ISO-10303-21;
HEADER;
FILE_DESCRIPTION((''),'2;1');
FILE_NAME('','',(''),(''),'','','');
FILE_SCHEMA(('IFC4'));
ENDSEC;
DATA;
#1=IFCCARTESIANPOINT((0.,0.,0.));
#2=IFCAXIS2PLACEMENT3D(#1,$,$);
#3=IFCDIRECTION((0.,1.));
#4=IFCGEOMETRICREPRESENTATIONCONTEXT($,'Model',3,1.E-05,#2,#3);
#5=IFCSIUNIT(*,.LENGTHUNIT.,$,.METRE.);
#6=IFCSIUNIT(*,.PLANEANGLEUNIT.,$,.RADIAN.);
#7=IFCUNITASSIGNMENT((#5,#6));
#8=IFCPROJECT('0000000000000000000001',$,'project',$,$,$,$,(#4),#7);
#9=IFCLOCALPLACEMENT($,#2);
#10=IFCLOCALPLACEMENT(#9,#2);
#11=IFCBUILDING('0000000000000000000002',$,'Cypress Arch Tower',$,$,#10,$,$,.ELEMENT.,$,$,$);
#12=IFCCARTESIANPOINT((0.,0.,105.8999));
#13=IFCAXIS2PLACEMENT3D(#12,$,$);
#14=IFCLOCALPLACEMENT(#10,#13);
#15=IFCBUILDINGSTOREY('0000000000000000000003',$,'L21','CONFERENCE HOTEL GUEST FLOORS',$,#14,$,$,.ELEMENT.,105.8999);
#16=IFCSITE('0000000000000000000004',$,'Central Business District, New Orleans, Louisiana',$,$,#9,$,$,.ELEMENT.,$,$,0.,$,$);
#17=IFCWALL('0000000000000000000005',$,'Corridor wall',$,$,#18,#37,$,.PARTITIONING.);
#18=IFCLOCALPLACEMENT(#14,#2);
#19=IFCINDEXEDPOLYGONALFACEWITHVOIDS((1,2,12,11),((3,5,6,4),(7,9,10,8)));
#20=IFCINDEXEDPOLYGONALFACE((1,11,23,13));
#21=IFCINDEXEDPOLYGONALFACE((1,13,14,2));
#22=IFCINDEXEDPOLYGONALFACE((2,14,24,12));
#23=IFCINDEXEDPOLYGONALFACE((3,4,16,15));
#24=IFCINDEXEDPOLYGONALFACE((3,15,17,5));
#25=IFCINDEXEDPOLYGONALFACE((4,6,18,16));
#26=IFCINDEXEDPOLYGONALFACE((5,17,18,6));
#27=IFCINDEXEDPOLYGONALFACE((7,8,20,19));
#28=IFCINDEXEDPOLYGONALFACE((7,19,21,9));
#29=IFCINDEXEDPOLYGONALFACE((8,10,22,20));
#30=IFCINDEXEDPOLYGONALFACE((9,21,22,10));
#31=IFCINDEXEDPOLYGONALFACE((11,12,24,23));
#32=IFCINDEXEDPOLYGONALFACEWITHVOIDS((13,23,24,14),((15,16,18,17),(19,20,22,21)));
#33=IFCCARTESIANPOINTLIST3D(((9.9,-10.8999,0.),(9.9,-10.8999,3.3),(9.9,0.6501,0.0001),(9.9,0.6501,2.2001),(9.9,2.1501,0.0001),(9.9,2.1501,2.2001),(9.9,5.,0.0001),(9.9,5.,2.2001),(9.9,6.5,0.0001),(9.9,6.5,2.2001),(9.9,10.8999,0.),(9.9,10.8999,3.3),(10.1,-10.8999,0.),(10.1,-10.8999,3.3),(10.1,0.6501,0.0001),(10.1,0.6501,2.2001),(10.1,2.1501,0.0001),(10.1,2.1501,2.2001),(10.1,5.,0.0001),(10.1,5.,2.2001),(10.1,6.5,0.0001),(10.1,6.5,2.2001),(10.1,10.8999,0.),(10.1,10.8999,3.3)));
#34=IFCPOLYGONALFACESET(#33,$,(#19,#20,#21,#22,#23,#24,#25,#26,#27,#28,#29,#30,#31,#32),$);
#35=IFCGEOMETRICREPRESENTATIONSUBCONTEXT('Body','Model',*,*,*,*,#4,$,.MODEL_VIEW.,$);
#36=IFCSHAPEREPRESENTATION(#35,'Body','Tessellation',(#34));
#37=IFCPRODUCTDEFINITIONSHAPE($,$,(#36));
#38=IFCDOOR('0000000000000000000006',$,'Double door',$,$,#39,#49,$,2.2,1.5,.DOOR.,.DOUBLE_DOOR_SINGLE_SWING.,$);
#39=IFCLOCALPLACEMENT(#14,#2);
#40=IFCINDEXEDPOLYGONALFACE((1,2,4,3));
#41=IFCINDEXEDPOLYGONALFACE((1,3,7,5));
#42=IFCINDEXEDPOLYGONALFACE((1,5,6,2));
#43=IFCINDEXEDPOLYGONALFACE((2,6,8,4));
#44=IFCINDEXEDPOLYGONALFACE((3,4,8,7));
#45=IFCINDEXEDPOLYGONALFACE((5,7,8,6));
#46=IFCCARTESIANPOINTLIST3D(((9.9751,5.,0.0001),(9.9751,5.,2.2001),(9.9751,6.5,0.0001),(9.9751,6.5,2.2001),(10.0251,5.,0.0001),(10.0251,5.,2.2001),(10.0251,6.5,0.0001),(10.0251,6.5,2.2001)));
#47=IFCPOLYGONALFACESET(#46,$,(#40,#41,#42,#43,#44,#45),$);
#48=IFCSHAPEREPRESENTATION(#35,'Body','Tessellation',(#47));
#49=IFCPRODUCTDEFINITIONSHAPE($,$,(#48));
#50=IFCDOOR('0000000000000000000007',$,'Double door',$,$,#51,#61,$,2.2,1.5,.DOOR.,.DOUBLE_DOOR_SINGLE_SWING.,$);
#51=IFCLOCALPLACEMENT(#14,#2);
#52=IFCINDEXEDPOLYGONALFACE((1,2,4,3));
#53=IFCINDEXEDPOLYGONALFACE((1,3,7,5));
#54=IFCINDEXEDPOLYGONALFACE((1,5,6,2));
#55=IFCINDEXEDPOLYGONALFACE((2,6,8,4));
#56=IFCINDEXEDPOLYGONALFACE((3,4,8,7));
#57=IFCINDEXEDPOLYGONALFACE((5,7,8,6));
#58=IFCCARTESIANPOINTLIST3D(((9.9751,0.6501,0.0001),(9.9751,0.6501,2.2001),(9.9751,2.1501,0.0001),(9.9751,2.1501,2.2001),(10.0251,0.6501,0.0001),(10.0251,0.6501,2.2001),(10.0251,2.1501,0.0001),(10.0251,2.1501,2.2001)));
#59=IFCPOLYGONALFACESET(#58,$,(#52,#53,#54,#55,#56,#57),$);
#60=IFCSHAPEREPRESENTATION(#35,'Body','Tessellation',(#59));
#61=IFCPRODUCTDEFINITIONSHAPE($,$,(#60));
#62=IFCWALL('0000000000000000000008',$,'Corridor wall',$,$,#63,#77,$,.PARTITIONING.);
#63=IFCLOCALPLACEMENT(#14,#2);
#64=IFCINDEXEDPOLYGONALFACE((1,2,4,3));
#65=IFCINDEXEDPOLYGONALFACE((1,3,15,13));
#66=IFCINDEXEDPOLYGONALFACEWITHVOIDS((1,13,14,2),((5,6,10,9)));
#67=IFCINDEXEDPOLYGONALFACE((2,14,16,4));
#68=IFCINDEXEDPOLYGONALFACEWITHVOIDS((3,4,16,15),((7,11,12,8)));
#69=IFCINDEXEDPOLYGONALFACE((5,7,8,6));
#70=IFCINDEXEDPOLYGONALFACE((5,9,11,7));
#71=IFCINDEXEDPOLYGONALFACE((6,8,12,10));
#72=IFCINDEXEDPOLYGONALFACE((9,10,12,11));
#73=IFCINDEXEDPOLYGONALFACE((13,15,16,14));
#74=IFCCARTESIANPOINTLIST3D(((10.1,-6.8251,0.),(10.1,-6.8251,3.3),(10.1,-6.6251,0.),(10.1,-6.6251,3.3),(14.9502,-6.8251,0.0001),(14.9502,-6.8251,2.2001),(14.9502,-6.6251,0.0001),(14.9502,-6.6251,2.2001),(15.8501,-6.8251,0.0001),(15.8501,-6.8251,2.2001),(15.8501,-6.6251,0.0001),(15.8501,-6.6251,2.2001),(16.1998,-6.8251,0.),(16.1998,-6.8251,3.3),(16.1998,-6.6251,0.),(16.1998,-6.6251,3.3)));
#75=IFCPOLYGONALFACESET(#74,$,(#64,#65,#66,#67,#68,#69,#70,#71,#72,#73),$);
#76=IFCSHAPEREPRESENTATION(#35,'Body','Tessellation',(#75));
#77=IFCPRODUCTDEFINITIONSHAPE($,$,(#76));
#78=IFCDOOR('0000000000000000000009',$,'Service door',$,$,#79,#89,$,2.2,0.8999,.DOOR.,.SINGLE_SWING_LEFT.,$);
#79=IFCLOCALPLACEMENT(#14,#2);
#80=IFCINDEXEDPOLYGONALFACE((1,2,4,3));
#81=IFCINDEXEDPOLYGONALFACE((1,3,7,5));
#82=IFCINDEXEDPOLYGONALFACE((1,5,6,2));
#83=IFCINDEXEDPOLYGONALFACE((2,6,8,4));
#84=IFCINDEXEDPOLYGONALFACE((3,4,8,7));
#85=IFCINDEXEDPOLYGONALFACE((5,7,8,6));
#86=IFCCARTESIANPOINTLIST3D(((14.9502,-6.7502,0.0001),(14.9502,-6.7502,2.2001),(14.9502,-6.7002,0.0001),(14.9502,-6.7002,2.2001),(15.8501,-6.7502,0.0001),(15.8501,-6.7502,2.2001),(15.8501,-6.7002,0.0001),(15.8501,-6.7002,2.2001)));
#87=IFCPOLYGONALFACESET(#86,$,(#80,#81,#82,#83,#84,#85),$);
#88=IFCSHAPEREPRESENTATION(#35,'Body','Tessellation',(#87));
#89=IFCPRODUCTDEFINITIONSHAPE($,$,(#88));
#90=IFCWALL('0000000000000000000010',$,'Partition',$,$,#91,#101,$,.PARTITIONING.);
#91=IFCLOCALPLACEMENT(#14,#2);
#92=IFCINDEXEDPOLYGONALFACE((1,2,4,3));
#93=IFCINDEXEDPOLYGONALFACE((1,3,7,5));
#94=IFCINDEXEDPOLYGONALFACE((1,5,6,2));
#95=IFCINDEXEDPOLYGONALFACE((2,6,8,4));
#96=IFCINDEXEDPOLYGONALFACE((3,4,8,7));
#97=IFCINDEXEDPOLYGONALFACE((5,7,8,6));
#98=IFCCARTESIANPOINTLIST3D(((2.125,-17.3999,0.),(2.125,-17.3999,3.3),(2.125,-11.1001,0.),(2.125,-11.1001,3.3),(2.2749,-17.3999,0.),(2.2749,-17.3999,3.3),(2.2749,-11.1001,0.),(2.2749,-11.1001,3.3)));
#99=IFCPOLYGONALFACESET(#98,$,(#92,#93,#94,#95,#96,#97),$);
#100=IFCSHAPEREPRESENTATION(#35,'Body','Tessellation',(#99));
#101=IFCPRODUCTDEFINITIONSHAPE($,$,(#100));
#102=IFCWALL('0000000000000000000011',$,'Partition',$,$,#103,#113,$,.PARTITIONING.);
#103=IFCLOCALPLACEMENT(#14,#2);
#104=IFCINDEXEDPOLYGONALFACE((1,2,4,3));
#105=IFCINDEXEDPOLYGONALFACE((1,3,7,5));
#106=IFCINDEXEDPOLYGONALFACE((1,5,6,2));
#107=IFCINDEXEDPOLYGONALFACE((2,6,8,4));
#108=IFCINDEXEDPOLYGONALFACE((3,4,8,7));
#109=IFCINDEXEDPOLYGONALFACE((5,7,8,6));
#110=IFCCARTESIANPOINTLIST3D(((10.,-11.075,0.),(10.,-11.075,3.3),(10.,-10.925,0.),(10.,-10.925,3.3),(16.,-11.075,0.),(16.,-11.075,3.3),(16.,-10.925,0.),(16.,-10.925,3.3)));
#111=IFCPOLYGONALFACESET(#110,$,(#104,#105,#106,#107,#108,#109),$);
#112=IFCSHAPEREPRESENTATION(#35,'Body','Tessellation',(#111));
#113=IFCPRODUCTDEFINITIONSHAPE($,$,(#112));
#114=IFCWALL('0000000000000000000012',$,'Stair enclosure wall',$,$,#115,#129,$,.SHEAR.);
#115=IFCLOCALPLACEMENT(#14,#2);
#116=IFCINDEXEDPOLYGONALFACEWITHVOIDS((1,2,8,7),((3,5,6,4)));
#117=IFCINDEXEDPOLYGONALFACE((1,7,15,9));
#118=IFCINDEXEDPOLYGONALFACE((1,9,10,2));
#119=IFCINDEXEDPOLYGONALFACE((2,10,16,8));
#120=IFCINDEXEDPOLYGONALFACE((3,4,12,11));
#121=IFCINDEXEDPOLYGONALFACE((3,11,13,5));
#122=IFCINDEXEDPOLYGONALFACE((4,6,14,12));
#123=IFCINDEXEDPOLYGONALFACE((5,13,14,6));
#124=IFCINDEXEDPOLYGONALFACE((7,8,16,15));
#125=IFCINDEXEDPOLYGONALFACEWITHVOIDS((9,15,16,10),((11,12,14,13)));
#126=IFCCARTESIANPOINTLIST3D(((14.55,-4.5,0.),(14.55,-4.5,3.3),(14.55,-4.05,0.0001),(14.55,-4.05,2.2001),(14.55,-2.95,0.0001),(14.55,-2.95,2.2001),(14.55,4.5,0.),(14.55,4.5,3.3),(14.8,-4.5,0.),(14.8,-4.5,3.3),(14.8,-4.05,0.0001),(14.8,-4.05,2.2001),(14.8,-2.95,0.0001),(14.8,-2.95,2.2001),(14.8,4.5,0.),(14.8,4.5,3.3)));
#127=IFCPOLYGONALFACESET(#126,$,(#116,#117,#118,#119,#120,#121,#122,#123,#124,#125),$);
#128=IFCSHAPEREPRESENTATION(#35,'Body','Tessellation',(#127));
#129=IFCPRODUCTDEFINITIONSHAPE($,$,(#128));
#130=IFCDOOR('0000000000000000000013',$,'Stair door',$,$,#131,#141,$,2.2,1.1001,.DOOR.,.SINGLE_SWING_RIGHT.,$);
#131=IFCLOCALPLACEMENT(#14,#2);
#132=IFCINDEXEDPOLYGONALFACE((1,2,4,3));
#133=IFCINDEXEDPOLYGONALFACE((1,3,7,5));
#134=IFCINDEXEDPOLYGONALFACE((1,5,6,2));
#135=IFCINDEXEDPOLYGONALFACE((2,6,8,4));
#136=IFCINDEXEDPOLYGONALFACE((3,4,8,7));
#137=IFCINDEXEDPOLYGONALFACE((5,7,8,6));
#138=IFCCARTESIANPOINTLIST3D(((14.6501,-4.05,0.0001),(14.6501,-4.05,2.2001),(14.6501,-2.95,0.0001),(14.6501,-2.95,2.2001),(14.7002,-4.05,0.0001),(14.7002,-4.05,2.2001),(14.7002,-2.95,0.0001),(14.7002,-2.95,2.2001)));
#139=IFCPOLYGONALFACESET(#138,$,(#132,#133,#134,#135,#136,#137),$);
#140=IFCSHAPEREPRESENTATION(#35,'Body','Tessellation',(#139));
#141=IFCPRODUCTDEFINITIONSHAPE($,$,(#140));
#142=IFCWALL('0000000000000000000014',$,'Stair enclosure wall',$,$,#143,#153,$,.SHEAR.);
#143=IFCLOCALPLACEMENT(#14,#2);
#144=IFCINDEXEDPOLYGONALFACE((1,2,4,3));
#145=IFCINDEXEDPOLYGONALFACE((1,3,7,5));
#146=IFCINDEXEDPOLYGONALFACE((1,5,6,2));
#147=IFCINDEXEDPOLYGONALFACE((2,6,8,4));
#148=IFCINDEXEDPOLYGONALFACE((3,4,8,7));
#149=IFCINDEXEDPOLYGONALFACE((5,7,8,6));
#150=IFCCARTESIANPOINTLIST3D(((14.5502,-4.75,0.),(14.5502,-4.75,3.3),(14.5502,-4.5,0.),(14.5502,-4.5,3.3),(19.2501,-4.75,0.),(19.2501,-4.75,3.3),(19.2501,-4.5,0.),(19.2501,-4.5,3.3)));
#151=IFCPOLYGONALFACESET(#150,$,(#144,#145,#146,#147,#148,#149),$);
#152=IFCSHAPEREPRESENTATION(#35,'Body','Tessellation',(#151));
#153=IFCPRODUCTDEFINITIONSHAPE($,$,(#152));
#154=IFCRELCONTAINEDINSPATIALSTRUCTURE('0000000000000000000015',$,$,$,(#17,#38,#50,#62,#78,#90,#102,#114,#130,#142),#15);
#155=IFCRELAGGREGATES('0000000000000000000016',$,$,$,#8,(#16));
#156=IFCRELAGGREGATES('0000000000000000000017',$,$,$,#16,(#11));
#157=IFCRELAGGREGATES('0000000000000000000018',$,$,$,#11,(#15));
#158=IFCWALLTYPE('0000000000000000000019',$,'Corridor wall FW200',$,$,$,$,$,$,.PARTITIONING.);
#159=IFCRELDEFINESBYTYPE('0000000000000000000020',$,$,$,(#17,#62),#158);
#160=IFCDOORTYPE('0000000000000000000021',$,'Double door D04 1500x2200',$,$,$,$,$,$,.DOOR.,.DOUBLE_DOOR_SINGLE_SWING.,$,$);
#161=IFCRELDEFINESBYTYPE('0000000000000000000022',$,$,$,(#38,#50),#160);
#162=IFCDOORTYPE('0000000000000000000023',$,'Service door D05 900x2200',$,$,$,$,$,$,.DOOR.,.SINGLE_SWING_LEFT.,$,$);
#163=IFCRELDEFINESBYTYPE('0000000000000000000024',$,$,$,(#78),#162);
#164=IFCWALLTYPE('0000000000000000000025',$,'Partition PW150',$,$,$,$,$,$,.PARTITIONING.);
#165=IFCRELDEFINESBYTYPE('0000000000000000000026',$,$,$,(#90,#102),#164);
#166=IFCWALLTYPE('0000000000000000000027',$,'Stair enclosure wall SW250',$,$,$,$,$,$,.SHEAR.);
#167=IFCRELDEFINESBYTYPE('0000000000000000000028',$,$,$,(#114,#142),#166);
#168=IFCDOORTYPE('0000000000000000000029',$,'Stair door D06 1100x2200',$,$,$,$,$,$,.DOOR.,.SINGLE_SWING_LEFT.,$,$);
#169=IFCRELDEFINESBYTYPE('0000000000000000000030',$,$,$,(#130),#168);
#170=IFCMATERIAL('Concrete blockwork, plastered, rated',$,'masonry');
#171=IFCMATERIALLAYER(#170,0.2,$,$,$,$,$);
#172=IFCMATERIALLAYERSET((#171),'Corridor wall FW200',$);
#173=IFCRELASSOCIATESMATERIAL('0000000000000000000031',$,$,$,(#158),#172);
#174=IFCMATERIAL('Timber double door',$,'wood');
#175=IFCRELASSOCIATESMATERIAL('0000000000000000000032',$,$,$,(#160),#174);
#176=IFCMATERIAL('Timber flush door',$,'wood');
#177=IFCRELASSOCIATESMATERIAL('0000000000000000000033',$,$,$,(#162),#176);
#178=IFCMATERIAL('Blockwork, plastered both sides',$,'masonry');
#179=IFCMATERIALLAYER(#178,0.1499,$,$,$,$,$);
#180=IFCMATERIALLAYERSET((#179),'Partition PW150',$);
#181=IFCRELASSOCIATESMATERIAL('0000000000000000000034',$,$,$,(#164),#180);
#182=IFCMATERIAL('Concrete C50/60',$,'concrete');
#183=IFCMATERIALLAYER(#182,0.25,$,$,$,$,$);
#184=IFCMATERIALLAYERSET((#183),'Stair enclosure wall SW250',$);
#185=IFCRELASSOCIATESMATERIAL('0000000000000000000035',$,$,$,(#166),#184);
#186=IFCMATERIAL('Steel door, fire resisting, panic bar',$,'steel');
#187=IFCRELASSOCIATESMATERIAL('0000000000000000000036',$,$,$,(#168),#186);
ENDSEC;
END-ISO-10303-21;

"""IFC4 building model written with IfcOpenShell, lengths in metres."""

from ifc_helpers import new_model, si_unit, direction, frame, frame_2d, origin, place, context, subcontext, project, spatial, rectangle, extrude, material, layer, layer_set, type_object, element, fill, save


model = new_model("IFC4")

# Units and contexts
model_context = context("Model", 3, precision=1e-05, world=origin(), true_north=direction((0.0, 1.0)))
body_context = subcontext(model_context, "Body", "Model", "MODEL_VIEW")
ifc_project = project(units=[si_unit("LENGTHUNIT", "METRE"), si_unit("PLANEANGLEUNIT", "RADIAN")], contexts=[model_context])

# Site, building, storey
site_placement = place(None, origin())
site = spatial("IfcSite", under=ifc_project, at=site_placement, Name="Central Business District, New Orleans, Louisiana", CompositionType="ELEMENT", RefElevation=0.0)
building_placement = place(site_placement, origin())
building = spatial("IfcBuilding", under=site, at=building_placement, Name="Cypress Arch Tower", CompositionType="ELEMENT")
storey_placement = place(building_placement, frame((0.0, 0.0, 105.8999)))
storey = spatial("IfcBuildingStorey", under=building, at=storey_placement, Name="L21", Description="CONFERENCE HOTEL GUEST FLOORS", CompositionType="ELEMENT", Elevation=105.8999)

# Shared definitions
ifc_material_1 = material(Name="Concrete blockwork, plastered, rated", Category="masonry")
ifc_layer_1 = layer(ifc_material_1, 0.2)
ifc_layer_set_1 = layer_set([ifc_layer_1], Name="Corridor wall FW200")
wall_type_1 = type_object("IfcWallType", Name="Corridor wall FW200", PredefinedType="PARTITIONING", material=ifc_layer_set_1)

# Wall, openings, doors
wall_1_placement = place(storey_placement, frame((10.0, -10.8999, 0.0), z_axis=(0.0, 0.0, 1.0), x_axis=(0.0, 1.0, 0.0)))
wall_1 = element("IfcWall", 1, at=wall_1_placement, inside=storey, type_object=wall_type_1, Name="Corridor wall", PredefinedType="PARTITIONING", context=body_context, shape_type="SweptSolid", body=[
    extrude(rectangle(XDim=21.7998, YDim=0.2, at=frame_2d((10.8999, 0.0))), origin(), (0.0, 0.0, 1.0), 3.3),
])
opening_1_placement = place(wall_1_placement, frame((15.8999, 0.0, 0.0)))
opening_1 = element("IfcOpeningElement", 2, at=opening_1_placement, cuts=wall_1, PredefinedType="OPENING", context=body_context, shape_type="SweptSolid", body=[
    extrude(rectangle(XDim=1.5, YDim=2.2, at=frame_2d((0.75, 1.1001))), frame((0.0, 0.1099, 0.0), z_axis=(0.0, -1.0, 0.0), x_axis=(1.0, 0.0, 0.0)), (0.0, 0.0, 1.0), 0.22),
])
opening_2_placement = place(wall_1_placement, frame((11.55, 0.0, 0.0)))
opening_2 = element("IfcOpeningElement", 3, at=opening_2_placement, cuts=wall_1, PredefinedType="OPENING", context=body_context, shape_type="SweptSolid", body=[
    extrude(rectangle(XDim=1.5, YDim=2.2, at=frame_2d((0.75, 1.1001))), frame((0.0, 0.1099, 0.0), z_axis=(0.0, -1.0, 0.0), x_axis=(1.0, 0.0, 0.0)), (0.0, 0.0, 1.0), 0.22),
])
ifc_material_2 = material(Name="Timber double door", Category="wood")
door_type_1 = type_object("IfcDoorType", Name="Double door D04 1500x2200", OperationType="DOUBLE_DOOR_SINGLE_SWING", PredefinedType="DOOR", material=ifc_material_2)
door_1_placement = place(opening_1_placement, origin())
door_1 = element("IfcDoor", 4, at=door_1_placement, inside=storey, type_object=door_type_1, Name="Double door", OperationType="DOUBLE_DOOR_SINGLE_SWING", OverallHeight=2.2, OverallWidth=1.5, PredefinedType="DOOR", context=body_context, shape_type="SweptSolid", body=[
    extrude(rectangle(XDim=1.5, YDim=2.2, at=frame_2d((0.75, 1.1001))), frame((0.0, 0.0249, 0.0), z_axis=(0.0, -1.0, 0.0), x_axis=(1.0, 0.0, 0.0)), (0.0, 0.0, 1.0), 0.05),
])
fill(opening_1, door_1)
door_2_placement = place(opening_2_placement, origin())
door_2 = element("IfcDoor", 5, at=door_2_placement, inside=storey, type_object=door_type_1, Name="Double door", OperationType="DOUBLE_DOOR_SINGLE_SWING", OverallHeight=2.2, OverallWidth=1.5, PredefinedType="DOOR", context=body_context, shape_type="SweptSolid", body=[
    extrude(rectangle(XDim=1.5, YDim=2.2, at=frame_2d((0.75, 1.1001))), frame((0.0, 0.0249, 0.0), z_axis=(0.0, -1.0, 0.0), x_axis=(1.0, 0.0, 0.0)), (0.0, 0.0, 1.0), 0.05),
])
fill(opening_2, door_2)

# Wall, opening, door
wall_2_placement = place(storey_placement, frame((10.1001, -6.7251, 0.0), z_axis=(0.0, 0.0, 1.0), x_axis=(1.0, 0.0, 0.0)))
wall_2 = element("IfcWall", 6, at=wall_2_placement, inside=storey, type_object=wall_type_1, Name="Corridor wall", PredefinedType="PARTITIONING", context=body_context, shape_type="SweptSolid", body=[
    extrude(rectangle(XDim=6.0999, YDim=0.2, at=frame_2d((3.0498, 0.0))), origin(), (0.0, 0.0, 1.0), 3.3),
])
opening_3_placement = place(wall_2_placement, frame((4.8501, 0.0, 0.0)))
opening_3 = element("IfcOpeningElement", 7, at=opening_3_placement, cuts=wall_2, PredefinedType="OPENING", context=body_context, shape_type="SweptSolid", body=[
    extrude(rectangle(XDim=0.8999, YDim=2.2, at=frame_2d((0.45, 1.1001))), frame((0.0, 0.1099, 0.0), z_axis=(0.0, -1.0, 0.0), x_axis=(1.0, 0.0, 0.0)), (0.0, 0.0, 1.0), 0.22),
])
ifc_material_3 = material(Name="Timber flush door", Category="wood")
door_type_2 = type_object("IfcDoorType", Name="Service door D05 900x2200", OperationType="SINGLE_SWING_LEFT", PredefinedType="DOOR", material=ifc_material_3)
door_3_placement = place(opening_3_placement, origin())
door_3 = element("IfcDoor", 8, at=door_3_placement, inside=storey, type_object=door_type_2, Name="Service door", OperationType="SINGLE_SWING_LEFT", OverallHeight=2.2, OverallWidth=0.8999, PredefinedType="DOOR", context=body_context, shape_type="SweptSolid", body=[
    extrude(rectangle(XDim=0.8999, YDim=2.2, at=frame_2d((0.45, 1.1001))), frame((0.0, 0.0249, 0.0), z_axis=(0.0, -1.0, 0.0), x_axis=(1.0, 0.0, 0.0)), (0.0, 0.0, 1.0), 0.05),
])
fill(opening_3, door_3)

# Walls
ifc_material_4 = material(Name="Blockwork, plastered both sides", Category="masonry")
ifc_layer_2 = layer(ifc_material_4, 0.1499)
ifc_layer_set_2 = layer_set([ifc_layer_2], Name="Partition PW150")
wall_type_2 = type_object("IfcWallType", Name="Partition PW150", PredefinedType="PARTITIONING", material=ifc_layer_set_2)
wall_3_placement = place(storey_placement, frame((2.2, -17.3999, 0.0), z_axis=(0.0, 0.0, 1.0), x_axis=(0.0, 1.0, 0.0)))
element("IfcWall", 9, at=wall_3_placement, inside=storey, type_object=wall_type_2, Name="Partition", PredefinedType="PARTITIONING", context=body_context, shape_type="SweptSolid", body=[
    extrude(rectangle(XDim=6.2998, YDim=0.1499, at=frame_2d((3.1499, 0.0))), origin(), (0.0, 0.0, 1.0), 3.3),
])
wall_4_placement = place(storey_placement, frame((10.0, -11.0, 0.0), z_axis=(0.0, 0.0, 1.0), x_axis=(1.0, 0.0, 0.0)))
element("IfcWall", 10, at=wall_4_placement, inside=storey, type_object=wall_type_2, Name="Partition", PredefinedType="PARTITIONING", context=body_context, shape_type="SweptSolid", body=[
    extrude(rectangle(XDim=6.0, YDim=0.1499, at=frame_2d((3.0, 0.0))), origin(), (0.0, 0.0, 1.0), 3.3),
])

# Wall, opening, door
ifc_material_5 = material(Name="Concrete C50/60", Category="concrete")
ifc_layer_3 = layer(ifc_material_5, 0.25)
ifc_layer_set_3 = layer_set([ifc_layer_3], Name="Stair enclosure wall SW250")
wall_type_3 = type_object("IfcWallType", Name="Stair enclosure wall SW250", PredefinedType="SHEAR", material=ifc_layer_set_3)
wall_5_placement = place(storey_placement, frame((14.675, -4.5, 0.0), z_axis=(0.0, 0.0, 1.0), x_axis=(0.0, 1.0, 0.0)))
wall_5 = element("IfcWall", 11, at=wall_5_placement, inside=storey, type_object=wall_type_3, Name="Stair enclosure wall", PredefinedType="SHEAR", context=body_context, shape_type="SweptSolid", body=[
    extrude(rectangle(XDim=9.0, YDim=0.25, at=frame_2d((4.5, 0.0))), origin(), (0.0, 0.0, 1.0), 3.3),
])
opening_4_placement = place(wall_5_placement, frame((0.45, 0.0, 0.0)))
opening_4 = element("IfcOpeningElement", 12, at=opening_4_placement, cuts=wall_5, PredefinedType="OPENING", context=body_context, shape_type="SweptSolid", body=[
    extrude(rectangle(XDim=1.1001, YDim=2.2, at=frame_2d((0.55, 1.1001))), frame((0.0, 0.135, 0.0), z_axis=(0.0, -1.0, 0.0), x_axis=(1.0, 0.0, 0.0)), (0.0, 0.0, 1.0), 0.27),
])
ifc_material_6 = material(Name="Steel door, fire resisting, panic bar", Category="steel")
door_type_3 = type_object("IfcDoorType", Name="Stair door D06 1100x2200", OperationType="SINGLE_SWING_LEFT", PredefinedType="DOOR", material=ifc_material_6)
door_4_placement = place(opening_4_placement, origin())
door_4 = element("IfcDoor", 13, at=door_4_placement, inside=storey, type_object=door_type_3, Name="Stair door", OperationType="SINGLE_SWING_RIGHT", OverallHeight=2.2, OverallWidth=1.1001, PredefinedType="DOOR", context=body_context, shape_type="SweptSolid", body=[
    extrude(rectangle(XDim=1.1001, YDim=2.2, at=frame_2d((0.55, 1.1001))), frame((0.0, 0.0249, 0.0), z_axis=(0.0, -1.0, 0.0), x_axis=(1.0, 0.0, 0.0)), (0.0, 0.0, 1.0), 0.05),
])
fill(opening_4, door_4)

# Wall
wall_6_placement = place(storey_placement, frame((14.55, -4.625, 0.0), z_axis=(0.0, 0.0, 1.0), x_axis=(1.0, 0.0, 0.0)))
element("IfcWall", 14, at=wall_6_placement, inside=storey, type_object=wall_type_3, Name="Stair enclosure wall", PredefinedType="SHEAR", context=body_context, shape_type="SweptSolid", body=[
    extrude(rectangle(XDim=4.7, YDim=0.25, at=frame_2d((2.3501, 0.0))), origin(), (0.0, 0.0, 1.0), 3.3),
])

save(model, "model.ifc")
